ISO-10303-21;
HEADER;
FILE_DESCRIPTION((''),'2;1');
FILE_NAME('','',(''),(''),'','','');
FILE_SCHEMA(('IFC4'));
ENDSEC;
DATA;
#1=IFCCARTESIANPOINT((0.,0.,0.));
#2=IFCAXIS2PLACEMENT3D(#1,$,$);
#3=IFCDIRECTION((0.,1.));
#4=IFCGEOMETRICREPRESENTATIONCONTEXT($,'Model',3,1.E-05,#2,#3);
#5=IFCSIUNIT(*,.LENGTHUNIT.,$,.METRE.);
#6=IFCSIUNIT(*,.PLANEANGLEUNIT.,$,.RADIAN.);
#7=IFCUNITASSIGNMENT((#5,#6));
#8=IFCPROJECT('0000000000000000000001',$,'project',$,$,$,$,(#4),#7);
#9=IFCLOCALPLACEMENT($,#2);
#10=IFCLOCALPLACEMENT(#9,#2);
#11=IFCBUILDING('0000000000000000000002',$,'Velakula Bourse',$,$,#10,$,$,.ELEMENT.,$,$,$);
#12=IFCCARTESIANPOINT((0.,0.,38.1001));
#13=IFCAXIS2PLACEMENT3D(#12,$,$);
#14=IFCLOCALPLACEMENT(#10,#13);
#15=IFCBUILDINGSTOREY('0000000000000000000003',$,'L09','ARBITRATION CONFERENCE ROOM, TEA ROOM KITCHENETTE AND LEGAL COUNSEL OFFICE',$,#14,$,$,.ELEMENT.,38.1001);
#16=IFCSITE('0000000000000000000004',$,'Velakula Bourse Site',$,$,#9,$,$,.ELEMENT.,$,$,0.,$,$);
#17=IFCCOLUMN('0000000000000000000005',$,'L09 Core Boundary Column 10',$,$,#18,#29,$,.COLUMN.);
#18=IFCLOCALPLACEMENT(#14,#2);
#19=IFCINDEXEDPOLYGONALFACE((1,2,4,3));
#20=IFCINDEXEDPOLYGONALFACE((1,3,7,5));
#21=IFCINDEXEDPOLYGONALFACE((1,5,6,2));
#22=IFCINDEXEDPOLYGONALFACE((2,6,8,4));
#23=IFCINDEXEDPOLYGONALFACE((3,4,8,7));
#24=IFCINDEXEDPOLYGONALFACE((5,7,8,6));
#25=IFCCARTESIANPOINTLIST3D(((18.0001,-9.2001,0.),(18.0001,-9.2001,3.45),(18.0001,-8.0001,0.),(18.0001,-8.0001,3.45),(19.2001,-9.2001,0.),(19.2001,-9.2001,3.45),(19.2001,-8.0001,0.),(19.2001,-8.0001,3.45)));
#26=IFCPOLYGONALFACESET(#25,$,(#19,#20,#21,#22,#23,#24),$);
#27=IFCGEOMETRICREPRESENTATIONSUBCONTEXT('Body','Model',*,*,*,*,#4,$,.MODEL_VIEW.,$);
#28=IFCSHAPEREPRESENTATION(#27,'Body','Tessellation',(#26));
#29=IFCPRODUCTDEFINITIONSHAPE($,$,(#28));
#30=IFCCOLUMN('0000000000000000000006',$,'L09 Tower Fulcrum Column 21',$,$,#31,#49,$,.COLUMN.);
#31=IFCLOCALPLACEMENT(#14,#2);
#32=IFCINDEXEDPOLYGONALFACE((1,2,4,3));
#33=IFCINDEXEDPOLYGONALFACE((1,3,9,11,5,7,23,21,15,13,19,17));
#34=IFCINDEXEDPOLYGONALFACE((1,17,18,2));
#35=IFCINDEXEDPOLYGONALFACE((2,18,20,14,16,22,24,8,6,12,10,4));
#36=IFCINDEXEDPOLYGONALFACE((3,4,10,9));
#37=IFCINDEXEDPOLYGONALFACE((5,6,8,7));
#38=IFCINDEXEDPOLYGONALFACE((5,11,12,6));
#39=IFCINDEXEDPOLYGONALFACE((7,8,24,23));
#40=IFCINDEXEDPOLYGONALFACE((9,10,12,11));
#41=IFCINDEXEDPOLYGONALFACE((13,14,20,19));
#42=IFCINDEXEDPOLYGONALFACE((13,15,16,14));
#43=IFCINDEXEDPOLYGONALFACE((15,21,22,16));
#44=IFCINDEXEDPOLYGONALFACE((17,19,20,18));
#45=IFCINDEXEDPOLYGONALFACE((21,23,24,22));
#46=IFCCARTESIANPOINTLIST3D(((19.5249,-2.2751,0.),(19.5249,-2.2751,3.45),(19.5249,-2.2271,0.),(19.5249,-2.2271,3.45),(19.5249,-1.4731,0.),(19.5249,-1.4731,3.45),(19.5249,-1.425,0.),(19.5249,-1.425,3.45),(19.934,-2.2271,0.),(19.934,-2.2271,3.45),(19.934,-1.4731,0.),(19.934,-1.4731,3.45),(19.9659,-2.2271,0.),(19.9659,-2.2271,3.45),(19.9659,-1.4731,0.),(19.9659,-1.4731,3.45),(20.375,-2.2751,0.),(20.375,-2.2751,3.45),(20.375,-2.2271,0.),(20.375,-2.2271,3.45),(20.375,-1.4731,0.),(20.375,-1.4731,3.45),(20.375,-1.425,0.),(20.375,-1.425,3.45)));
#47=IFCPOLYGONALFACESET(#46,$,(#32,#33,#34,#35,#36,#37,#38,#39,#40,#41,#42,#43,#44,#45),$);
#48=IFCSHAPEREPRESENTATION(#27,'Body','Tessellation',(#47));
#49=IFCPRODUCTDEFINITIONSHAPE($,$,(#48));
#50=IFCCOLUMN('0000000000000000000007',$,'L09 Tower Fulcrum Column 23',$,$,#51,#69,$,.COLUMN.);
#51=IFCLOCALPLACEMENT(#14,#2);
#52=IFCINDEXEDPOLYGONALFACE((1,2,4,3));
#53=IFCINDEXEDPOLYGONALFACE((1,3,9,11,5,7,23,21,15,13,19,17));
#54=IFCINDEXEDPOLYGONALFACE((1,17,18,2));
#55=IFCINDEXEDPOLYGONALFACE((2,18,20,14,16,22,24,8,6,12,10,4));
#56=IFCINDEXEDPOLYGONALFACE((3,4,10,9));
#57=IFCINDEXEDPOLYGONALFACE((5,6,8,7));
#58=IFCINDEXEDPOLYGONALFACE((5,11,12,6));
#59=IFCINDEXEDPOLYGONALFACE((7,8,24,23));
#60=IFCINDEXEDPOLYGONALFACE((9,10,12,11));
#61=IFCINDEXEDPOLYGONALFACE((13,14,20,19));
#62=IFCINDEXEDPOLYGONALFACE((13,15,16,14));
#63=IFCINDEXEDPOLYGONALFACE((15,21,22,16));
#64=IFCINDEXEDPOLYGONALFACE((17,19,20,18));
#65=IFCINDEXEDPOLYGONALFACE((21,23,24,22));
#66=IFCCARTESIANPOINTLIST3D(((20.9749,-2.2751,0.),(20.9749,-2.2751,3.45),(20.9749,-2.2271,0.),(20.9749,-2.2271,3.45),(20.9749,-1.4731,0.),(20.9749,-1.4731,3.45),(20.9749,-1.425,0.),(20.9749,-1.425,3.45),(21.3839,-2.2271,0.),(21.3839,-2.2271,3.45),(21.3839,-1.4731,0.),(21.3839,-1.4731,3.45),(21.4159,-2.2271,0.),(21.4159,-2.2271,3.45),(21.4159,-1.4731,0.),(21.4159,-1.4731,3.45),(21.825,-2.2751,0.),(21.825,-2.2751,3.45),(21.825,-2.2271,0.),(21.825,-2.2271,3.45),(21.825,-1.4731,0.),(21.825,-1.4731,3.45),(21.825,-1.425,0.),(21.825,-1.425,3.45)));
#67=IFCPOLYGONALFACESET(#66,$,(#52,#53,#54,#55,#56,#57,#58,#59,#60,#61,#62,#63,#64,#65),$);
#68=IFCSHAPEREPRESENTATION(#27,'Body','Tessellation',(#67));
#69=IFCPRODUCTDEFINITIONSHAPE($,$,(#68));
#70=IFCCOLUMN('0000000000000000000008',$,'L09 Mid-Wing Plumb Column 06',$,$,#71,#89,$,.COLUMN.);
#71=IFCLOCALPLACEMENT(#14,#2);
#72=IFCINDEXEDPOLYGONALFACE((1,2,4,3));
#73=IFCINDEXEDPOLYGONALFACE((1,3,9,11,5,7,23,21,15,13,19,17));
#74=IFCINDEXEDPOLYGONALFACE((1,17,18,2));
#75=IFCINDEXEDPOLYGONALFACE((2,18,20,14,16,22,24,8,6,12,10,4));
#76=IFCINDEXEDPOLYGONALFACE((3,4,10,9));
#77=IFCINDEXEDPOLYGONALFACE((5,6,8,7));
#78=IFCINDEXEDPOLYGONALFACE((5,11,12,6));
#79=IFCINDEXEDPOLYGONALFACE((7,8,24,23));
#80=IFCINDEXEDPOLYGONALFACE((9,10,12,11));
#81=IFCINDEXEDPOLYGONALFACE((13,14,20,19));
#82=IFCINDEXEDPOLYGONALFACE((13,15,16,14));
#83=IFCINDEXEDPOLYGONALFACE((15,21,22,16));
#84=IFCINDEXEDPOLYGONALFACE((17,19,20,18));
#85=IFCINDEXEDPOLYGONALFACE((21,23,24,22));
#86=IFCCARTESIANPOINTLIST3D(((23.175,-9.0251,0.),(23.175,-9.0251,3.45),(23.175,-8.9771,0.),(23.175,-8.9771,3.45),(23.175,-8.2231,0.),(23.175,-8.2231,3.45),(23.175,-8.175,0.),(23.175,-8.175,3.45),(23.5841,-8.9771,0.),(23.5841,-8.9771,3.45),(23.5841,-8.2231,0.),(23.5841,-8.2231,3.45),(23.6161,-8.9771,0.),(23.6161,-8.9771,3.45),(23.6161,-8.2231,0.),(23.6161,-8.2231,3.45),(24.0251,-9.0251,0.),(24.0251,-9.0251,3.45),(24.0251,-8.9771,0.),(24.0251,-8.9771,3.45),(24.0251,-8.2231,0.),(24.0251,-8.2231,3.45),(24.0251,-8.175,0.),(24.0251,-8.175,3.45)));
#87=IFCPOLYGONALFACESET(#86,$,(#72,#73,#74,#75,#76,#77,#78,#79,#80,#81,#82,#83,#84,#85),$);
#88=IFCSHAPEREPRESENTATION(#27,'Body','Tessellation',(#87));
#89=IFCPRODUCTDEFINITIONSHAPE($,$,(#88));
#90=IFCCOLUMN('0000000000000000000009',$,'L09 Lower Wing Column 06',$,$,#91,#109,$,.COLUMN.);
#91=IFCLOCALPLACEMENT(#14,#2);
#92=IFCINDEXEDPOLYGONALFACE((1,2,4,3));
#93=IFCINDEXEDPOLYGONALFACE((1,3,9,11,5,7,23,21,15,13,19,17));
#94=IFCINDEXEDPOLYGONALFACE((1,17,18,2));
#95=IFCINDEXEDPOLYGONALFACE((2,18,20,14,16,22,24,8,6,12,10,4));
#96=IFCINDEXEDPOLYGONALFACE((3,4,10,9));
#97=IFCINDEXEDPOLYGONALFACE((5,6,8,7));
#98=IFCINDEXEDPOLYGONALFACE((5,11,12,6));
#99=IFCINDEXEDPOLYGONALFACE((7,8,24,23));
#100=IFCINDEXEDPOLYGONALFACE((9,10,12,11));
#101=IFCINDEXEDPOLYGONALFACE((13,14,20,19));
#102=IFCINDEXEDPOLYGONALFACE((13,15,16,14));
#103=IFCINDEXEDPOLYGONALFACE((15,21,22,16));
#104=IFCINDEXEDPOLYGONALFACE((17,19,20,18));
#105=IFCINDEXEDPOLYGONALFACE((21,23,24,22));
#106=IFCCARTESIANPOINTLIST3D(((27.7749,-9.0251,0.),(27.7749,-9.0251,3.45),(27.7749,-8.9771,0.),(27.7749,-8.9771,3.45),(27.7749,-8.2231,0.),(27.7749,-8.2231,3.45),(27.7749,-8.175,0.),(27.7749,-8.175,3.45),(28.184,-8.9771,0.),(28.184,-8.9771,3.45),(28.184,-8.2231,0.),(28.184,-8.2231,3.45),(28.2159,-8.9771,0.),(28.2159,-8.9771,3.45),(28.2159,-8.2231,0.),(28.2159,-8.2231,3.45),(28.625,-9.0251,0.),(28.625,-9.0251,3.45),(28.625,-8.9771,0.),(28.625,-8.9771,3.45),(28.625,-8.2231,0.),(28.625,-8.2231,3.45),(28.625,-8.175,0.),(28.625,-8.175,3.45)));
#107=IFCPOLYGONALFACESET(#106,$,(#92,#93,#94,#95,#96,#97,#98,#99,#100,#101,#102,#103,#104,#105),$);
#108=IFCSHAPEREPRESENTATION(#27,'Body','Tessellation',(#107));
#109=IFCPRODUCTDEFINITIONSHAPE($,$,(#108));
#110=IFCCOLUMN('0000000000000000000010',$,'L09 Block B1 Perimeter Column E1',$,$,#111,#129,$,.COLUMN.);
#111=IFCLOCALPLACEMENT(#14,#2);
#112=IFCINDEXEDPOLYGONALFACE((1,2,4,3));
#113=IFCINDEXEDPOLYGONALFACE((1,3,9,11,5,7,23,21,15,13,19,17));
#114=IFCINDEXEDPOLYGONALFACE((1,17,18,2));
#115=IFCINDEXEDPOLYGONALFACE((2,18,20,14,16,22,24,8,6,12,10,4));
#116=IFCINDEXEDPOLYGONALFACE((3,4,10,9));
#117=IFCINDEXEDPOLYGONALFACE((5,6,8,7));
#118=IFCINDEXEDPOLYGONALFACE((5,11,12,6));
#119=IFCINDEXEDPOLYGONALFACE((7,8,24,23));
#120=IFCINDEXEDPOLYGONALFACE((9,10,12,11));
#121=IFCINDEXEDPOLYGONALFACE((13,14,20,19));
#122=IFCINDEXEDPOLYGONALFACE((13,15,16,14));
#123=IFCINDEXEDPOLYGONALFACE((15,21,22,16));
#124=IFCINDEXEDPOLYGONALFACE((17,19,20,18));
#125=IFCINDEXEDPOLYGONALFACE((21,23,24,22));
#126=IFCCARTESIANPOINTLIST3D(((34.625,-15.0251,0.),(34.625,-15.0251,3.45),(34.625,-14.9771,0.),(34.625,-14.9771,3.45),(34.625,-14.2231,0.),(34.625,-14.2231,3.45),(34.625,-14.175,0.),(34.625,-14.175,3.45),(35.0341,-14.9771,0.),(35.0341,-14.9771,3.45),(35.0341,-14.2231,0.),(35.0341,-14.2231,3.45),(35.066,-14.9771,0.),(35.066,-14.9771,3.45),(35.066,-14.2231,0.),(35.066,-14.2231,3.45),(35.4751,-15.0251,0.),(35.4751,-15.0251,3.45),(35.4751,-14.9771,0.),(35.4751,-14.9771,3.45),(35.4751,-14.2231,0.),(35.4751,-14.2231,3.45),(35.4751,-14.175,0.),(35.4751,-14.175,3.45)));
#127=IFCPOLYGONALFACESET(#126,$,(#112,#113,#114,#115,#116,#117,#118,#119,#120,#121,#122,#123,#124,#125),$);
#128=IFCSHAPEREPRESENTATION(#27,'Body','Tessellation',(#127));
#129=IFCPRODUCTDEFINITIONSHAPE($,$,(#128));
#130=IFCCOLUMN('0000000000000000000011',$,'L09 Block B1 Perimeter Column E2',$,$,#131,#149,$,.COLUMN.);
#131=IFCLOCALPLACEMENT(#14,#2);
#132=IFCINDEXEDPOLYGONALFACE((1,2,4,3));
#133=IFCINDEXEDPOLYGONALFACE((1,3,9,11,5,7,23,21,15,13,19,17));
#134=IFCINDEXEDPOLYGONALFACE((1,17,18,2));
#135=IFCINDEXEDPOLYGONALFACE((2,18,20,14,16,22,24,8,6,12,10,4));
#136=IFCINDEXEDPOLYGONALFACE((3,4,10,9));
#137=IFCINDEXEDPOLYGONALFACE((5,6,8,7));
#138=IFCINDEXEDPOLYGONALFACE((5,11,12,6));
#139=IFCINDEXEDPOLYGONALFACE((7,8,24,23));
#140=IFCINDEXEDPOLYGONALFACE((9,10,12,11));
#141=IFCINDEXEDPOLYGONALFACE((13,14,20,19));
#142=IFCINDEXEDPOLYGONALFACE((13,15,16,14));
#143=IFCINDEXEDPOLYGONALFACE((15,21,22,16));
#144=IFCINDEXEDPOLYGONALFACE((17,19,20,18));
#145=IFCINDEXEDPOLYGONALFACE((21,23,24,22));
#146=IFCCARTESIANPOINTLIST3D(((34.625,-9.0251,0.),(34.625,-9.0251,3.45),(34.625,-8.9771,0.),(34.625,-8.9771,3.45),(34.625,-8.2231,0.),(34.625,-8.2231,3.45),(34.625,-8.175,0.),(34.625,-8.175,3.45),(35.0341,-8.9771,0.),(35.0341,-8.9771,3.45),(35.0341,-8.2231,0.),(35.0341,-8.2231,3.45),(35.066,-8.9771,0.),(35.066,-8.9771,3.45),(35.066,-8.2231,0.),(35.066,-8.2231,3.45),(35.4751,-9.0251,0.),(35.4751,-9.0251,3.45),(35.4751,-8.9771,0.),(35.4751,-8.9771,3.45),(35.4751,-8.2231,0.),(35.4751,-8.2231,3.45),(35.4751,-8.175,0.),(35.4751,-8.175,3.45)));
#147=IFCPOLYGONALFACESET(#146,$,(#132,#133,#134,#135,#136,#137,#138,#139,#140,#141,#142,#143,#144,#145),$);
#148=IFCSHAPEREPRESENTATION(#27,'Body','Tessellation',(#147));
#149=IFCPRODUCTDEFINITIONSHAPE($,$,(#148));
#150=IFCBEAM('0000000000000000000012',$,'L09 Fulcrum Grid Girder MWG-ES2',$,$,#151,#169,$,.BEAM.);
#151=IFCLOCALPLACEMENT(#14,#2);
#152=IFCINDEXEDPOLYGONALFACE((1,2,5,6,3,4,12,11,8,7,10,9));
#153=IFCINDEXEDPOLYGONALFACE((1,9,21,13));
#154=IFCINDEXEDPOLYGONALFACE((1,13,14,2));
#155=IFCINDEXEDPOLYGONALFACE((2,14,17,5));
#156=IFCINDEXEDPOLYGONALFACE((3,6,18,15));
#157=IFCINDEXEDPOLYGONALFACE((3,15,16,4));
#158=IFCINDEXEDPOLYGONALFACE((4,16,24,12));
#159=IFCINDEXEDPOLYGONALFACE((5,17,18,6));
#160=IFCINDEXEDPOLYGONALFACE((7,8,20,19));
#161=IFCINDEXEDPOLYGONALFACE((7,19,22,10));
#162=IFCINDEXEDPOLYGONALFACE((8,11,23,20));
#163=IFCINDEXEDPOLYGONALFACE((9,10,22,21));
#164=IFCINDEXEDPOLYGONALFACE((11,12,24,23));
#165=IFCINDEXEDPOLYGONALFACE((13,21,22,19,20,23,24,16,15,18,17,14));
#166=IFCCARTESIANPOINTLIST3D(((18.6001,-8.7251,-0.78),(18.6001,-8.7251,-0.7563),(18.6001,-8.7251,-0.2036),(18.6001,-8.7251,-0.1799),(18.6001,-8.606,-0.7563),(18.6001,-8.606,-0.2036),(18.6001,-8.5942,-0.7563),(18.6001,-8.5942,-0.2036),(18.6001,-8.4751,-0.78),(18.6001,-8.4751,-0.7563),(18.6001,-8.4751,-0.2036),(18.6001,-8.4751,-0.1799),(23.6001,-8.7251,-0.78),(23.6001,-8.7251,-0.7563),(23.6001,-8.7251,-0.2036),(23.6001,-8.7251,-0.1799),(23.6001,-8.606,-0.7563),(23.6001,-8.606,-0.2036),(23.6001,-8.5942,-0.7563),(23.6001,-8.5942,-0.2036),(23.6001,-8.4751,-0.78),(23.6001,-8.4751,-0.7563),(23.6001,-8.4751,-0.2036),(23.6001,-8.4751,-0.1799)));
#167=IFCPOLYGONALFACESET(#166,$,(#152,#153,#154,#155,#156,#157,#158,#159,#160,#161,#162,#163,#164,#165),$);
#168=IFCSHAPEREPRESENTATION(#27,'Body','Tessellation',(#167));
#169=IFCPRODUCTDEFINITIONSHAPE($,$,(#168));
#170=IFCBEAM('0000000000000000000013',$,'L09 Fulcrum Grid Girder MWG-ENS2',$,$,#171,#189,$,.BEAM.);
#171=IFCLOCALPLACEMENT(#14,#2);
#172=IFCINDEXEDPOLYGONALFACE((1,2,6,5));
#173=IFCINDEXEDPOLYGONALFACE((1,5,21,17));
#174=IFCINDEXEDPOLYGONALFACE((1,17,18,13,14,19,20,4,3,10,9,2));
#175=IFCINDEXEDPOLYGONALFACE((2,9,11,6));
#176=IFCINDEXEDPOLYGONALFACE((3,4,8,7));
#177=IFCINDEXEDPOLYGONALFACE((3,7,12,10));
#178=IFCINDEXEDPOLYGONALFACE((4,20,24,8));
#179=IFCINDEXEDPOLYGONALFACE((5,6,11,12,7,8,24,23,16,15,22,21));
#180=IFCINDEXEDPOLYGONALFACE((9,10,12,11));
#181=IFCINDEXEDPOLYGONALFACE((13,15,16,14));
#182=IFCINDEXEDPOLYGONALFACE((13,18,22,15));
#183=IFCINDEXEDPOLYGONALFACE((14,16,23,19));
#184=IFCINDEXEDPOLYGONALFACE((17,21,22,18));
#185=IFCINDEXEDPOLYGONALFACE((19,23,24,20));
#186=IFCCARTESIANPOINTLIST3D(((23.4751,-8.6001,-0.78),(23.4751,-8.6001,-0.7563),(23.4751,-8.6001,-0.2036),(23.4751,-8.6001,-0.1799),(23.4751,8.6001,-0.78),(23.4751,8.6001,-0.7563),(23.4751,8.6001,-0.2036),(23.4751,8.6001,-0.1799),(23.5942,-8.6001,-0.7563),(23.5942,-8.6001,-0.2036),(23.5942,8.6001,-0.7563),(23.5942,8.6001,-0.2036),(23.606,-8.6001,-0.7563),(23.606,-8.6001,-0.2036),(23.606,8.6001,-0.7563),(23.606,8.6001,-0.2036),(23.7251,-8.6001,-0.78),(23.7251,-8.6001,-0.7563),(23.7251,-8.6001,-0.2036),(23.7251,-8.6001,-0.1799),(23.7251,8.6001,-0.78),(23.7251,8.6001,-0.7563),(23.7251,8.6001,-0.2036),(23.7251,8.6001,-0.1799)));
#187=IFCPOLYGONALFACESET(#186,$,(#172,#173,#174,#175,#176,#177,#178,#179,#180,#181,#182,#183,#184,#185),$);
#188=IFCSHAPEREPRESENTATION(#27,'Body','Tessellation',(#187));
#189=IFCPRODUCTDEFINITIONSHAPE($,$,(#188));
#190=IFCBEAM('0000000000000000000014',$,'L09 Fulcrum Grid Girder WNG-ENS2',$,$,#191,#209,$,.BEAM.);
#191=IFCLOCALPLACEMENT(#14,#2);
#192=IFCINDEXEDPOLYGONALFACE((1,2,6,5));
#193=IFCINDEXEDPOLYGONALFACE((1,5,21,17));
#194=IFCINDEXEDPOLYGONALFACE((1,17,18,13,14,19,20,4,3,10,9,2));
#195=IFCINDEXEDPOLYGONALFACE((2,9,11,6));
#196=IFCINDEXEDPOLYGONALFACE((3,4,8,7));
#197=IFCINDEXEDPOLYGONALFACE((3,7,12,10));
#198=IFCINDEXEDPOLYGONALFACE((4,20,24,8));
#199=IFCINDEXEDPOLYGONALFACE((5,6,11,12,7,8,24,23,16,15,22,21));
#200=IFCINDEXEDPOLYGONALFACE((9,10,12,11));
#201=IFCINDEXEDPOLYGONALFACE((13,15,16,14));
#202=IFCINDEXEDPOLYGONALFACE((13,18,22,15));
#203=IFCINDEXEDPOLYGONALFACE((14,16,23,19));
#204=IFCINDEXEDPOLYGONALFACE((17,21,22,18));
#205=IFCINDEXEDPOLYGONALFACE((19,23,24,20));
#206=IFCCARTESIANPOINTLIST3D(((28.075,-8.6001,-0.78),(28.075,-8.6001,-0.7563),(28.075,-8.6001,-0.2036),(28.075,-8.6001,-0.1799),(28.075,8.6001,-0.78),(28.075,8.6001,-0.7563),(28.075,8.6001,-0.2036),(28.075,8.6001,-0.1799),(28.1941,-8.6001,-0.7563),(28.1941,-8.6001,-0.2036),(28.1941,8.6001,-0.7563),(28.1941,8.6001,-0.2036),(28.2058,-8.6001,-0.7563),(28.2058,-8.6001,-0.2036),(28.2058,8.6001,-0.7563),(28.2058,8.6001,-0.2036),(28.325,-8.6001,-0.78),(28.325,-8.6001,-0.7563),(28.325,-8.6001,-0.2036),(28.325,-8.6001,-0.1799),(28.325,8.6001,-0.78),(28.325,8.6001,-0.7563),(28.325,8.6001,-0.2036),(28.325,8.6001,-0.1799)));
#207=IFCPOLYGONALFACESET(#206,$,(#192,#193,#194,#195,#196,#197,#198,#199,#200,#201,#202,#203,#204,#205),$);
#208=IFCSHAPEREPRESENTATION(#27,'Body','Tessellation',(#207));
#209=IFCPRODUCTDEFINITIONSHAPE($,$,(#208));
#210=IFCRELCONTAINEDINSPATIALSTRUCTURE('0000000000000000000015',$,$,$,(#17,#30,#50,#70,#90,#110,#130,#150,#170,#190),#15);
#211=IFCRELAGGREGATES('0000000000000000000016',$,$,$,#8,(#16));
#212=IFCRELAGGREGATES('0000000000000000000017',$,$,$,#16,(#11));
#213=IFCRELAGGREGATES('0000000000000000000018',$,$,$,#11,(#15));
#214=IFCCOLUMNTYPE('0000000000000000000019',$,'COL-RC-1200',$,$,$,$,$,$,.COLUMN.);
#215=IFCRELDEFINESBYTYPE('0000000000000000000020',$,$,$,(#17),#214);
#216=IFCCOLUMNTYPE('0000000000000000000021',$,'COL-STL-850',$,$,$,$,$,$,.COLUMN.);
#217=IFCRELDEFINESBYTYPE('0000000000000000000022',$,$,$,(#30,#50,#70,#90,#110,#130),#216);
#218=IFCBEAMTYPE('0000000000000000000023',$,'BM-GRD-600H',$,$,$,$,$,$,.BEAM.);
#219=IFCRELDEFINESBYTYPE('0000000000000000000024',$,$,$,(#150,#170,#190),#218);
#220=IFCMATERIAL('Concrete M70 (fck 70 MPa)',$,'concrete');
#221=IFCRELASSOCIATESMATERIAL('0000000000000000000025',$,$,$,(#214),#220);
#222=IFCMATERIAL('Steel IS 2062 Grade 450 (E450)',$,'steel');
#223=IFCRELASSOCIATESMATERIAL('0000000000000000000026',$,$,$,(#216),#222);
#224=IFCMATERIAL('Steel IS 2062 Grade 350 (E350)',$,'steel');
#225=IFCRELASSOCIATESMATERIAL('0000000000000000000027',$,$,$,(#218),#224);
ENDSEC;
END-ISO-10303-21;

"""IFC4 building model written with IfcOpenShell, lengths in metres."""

from ifc_helpers import new_model, si_unit, direction, frame, origin, origin_2d, place, context, subcontext, project, spatial, rectangle, i_section, extrude, material, material_profile, profile_set, type_object, element, save


model = new_model("IFC4")

# Units and contexts
model_context = context("Model", 3, precision=1e-05, world=origin(), true_north=direction((0.0, 1.0)))
body_context = subcontext(model_context, "Body", "Model", "MODEL_VIEW")
ifc_project = project(units=[si_unit("LENGTHUNIT", "METRE"), si_unit("PLANEANGLEUNIT", "RADIAN")], contexts=[model_context])

# Site, building, storey
site_placement = place(None, origin())
site = spatial("IfcSite", under=ifc_project, at=site_placement, Name="Velakula Bourse Site", CompositionType="ELEMENT", RefElevation=0.0)
building_placement = place(site_placement, origin())
building = spatial("IfcBuilding", under=site, at=building_placement, Name="Velakula Bourse", CompositionType="ELEMENT")
storey_placement = place(building_placement, frame((0.0, 0.0, 38.1001)))
storey = spatial("IfcBuildingStorey", under=building, at=storey_placement, Name="L09", Description="ARBITRATION CONFERENCE ROOM, TEA ROOM KITCHENETTE AND LEGAL COUNSEL OFFICE", CompositionType="ELEMENT", Elevation=38.1001)

# Columns
ifc_material_1 = material(Name="Concrete M70 (fck 70 MPa)", Category="concrete")
ifc_material_profile_1 = material_profile(ifc_material_1, rectangle(XDim=1.2, YDim=1.2, at=origin_2d()), Name="Concrete M70 (fck 70 MPa)")
ifc_profile_set_1 = profile_set([ifc_material_profile_1], Name="Concrete M70 (fck 70 MPa)")
column_type_1 = type_object("IfcColumnType", Name="COL-RC-1200", PredefinedType="COLUMN", material=ifc_profile_set_1)
column_placement = place(storey_placement, frame((18.6001, -8.6001, 0.0), z_axis=(0.0, 0.0, 1.0), x_axis=(1.0, 0.0, 0.0)))
element("IfcColumn", 1, at=column_placement, inside=storey, type_object=column_type_1, Name="L09 Core Boundary Column 10", PredefinedType="COLUMN", context=body_context, shape_type="SweptSolid", body=[
    extrude(rectangle(XDim=1.2, YDim=1.2, at=origin_2d()), origin(), (0.0, 0.0, 1.0), 3.45),
])
ifc_material_2 = material(Name="Steel IS 2062 Grade 450 (E450)", Category="steel")
ifc_material_profile_2 = material_profile(ifc_material_2, i_section(OverallWidth=0.8501, OverallDepth=0.8501, WebThickness=0.032, FlangeThickness=0.0481, at=origin_2d()), Name="Steel IS 2062 Grade 450 (E450)")
ifc_profile_set_2 = profile_set([ifc_material_profile_2], Name="Steel IS 2062 Grade 450 (E450)")
column_type_2 = type_object("IfcColumnType", Name="COL-STL-850", PredefinedType="COLUMN", material=ifc_profile_set_2)
for number, where, z_axis, x_axis, name in (
    (2, (19.95, -1.8501, 0.0), (0.0, 0.0, 1.0), (1.0, 0.0, 0.0), "L09 Tower Fulcrum Column 21"),
    (3, (21.3999, -1.8501, 0.0), (0.0, 0.0, 1.0), (1.0, 0.0, 0.0), "L09 Tower Fulcrum Column 23"),
    (4, (23.6001, -8.6001, 0.0), (0.0, 0.0, 1.0), (1.0, 0.0, 0.0), "L09 Mid-Wing Plumb Column 06"),
    (5, (28.2, -8.6001, 0.0), (0.0, 0.0, 1.0), (1.0, 0.0, 0.0), "L09 Lower Wing Column 06"),
    (6, (35.05, -14.6001, 0.0), (0.0, 0.0, 1.0), (1.0, 0.0, 0.0), "L09 Block B1 Perimeter Column E1"),
    (7, (35.05, -8.6001, 0.0), (0.0, 0.0, 1.0), (1.0, 0.0, 0.0), "L09 Block B1 Perimeter Column E2"),
):
    element("IfcColumn", number, at=place(storey_placement, frame(where, z_axis=z_axis, x_axis=x_axis)), inside=storey, type_object=column_type_2, Name=name, PredefinedType="COLUMN", context=body_context, shape_type="SweptSolid", body=[
        extrude(i_section(OverallWidth=0.8501, OverallDepth=0.8501, WebThickness=0.032, FlangeThickness=0.0481, at=origin_2d()), origin(), (0.0, 0.0, 1.0), 3.45),
    ])

# Beams
ifc_material_3 = material(Name="Steel IS 2062 Grade 350 (E350)", Category="steel")
ifc_material_profile_3 = material_profile(ifc_material_3, i_section(OverallWidth=0.25, OverallDepth=0.6001, WebThickness=0.0117, FlangeThickness=0.0237, at=origin_2d()), Name="Steel IS 2062 Grade 350 (E350)")
ifc_profile_set_3 = profile_set([ifc_material_profile_3], Name="Steel IS 2062 Grade 350 (E350)")
beam_type_1 = type_object("IfcBeamType", Name="BM-GRD-600H", PredefinedType="BEAM", material=ifc_profile_set_3)
beam_1_placement = place(storey_placement, frame((18.6001, -8.6001, -0.48), z_axis=(1.0, 0.0, 0.0), x_axis=(0.0, 1.0, 0.0)))
element("IfcBeam", 8, at=beam_1_placement, inside=storey, type_object=beam_type_1, Name="L09 Fulcrum Grid Girder MWG-ES2", PredefinedType="BEAM", context=body_context, shape_type="SweptSolid", body=[
    extrude(i_section(OverallWidth=0.25, OverallDepth=0.6001, WebThickness=0.0117, FlangeThickness=0.0237, at=origin_2d()), origin(), (0.0, 0.0, 1.0), 5.0),
])
for number, where, z_axis, x_axis, name in (
    (9, (23.6001, -8.6001, -0.48), (0.0, 1.0, 0.0), (-1.0, 0.0, 0.0), "L09 Fulcrum Grid Girder MWG-ENS2"),
    (10, (28.2, -8.6001, -0.48), (0.0, 1.0, 0.0), (-1.0, 0.0, 0.0), "L09 Fulcrum Grid Girder WNG-ENS2"),
):
    element("IfcBeam", number, at=place(storey_placement, frame(where, z_axis=z_axis, x_axis=x_axis)), inside=storey, type_object=beam_type_1, Name=name, PredefinedType="BEAM", context=body_context, shape_type="SweptSolid", body=[
        extrude(i_section(OverallWidth=0.25, OverallDepth=0.6001, WebThickness=0.0117, FlangeThickness=0.0237, at=origin_2d()), origin(), (0.0, 0.0, 1.0), 17.2002),
    ])

save(model, "model.ifc")
